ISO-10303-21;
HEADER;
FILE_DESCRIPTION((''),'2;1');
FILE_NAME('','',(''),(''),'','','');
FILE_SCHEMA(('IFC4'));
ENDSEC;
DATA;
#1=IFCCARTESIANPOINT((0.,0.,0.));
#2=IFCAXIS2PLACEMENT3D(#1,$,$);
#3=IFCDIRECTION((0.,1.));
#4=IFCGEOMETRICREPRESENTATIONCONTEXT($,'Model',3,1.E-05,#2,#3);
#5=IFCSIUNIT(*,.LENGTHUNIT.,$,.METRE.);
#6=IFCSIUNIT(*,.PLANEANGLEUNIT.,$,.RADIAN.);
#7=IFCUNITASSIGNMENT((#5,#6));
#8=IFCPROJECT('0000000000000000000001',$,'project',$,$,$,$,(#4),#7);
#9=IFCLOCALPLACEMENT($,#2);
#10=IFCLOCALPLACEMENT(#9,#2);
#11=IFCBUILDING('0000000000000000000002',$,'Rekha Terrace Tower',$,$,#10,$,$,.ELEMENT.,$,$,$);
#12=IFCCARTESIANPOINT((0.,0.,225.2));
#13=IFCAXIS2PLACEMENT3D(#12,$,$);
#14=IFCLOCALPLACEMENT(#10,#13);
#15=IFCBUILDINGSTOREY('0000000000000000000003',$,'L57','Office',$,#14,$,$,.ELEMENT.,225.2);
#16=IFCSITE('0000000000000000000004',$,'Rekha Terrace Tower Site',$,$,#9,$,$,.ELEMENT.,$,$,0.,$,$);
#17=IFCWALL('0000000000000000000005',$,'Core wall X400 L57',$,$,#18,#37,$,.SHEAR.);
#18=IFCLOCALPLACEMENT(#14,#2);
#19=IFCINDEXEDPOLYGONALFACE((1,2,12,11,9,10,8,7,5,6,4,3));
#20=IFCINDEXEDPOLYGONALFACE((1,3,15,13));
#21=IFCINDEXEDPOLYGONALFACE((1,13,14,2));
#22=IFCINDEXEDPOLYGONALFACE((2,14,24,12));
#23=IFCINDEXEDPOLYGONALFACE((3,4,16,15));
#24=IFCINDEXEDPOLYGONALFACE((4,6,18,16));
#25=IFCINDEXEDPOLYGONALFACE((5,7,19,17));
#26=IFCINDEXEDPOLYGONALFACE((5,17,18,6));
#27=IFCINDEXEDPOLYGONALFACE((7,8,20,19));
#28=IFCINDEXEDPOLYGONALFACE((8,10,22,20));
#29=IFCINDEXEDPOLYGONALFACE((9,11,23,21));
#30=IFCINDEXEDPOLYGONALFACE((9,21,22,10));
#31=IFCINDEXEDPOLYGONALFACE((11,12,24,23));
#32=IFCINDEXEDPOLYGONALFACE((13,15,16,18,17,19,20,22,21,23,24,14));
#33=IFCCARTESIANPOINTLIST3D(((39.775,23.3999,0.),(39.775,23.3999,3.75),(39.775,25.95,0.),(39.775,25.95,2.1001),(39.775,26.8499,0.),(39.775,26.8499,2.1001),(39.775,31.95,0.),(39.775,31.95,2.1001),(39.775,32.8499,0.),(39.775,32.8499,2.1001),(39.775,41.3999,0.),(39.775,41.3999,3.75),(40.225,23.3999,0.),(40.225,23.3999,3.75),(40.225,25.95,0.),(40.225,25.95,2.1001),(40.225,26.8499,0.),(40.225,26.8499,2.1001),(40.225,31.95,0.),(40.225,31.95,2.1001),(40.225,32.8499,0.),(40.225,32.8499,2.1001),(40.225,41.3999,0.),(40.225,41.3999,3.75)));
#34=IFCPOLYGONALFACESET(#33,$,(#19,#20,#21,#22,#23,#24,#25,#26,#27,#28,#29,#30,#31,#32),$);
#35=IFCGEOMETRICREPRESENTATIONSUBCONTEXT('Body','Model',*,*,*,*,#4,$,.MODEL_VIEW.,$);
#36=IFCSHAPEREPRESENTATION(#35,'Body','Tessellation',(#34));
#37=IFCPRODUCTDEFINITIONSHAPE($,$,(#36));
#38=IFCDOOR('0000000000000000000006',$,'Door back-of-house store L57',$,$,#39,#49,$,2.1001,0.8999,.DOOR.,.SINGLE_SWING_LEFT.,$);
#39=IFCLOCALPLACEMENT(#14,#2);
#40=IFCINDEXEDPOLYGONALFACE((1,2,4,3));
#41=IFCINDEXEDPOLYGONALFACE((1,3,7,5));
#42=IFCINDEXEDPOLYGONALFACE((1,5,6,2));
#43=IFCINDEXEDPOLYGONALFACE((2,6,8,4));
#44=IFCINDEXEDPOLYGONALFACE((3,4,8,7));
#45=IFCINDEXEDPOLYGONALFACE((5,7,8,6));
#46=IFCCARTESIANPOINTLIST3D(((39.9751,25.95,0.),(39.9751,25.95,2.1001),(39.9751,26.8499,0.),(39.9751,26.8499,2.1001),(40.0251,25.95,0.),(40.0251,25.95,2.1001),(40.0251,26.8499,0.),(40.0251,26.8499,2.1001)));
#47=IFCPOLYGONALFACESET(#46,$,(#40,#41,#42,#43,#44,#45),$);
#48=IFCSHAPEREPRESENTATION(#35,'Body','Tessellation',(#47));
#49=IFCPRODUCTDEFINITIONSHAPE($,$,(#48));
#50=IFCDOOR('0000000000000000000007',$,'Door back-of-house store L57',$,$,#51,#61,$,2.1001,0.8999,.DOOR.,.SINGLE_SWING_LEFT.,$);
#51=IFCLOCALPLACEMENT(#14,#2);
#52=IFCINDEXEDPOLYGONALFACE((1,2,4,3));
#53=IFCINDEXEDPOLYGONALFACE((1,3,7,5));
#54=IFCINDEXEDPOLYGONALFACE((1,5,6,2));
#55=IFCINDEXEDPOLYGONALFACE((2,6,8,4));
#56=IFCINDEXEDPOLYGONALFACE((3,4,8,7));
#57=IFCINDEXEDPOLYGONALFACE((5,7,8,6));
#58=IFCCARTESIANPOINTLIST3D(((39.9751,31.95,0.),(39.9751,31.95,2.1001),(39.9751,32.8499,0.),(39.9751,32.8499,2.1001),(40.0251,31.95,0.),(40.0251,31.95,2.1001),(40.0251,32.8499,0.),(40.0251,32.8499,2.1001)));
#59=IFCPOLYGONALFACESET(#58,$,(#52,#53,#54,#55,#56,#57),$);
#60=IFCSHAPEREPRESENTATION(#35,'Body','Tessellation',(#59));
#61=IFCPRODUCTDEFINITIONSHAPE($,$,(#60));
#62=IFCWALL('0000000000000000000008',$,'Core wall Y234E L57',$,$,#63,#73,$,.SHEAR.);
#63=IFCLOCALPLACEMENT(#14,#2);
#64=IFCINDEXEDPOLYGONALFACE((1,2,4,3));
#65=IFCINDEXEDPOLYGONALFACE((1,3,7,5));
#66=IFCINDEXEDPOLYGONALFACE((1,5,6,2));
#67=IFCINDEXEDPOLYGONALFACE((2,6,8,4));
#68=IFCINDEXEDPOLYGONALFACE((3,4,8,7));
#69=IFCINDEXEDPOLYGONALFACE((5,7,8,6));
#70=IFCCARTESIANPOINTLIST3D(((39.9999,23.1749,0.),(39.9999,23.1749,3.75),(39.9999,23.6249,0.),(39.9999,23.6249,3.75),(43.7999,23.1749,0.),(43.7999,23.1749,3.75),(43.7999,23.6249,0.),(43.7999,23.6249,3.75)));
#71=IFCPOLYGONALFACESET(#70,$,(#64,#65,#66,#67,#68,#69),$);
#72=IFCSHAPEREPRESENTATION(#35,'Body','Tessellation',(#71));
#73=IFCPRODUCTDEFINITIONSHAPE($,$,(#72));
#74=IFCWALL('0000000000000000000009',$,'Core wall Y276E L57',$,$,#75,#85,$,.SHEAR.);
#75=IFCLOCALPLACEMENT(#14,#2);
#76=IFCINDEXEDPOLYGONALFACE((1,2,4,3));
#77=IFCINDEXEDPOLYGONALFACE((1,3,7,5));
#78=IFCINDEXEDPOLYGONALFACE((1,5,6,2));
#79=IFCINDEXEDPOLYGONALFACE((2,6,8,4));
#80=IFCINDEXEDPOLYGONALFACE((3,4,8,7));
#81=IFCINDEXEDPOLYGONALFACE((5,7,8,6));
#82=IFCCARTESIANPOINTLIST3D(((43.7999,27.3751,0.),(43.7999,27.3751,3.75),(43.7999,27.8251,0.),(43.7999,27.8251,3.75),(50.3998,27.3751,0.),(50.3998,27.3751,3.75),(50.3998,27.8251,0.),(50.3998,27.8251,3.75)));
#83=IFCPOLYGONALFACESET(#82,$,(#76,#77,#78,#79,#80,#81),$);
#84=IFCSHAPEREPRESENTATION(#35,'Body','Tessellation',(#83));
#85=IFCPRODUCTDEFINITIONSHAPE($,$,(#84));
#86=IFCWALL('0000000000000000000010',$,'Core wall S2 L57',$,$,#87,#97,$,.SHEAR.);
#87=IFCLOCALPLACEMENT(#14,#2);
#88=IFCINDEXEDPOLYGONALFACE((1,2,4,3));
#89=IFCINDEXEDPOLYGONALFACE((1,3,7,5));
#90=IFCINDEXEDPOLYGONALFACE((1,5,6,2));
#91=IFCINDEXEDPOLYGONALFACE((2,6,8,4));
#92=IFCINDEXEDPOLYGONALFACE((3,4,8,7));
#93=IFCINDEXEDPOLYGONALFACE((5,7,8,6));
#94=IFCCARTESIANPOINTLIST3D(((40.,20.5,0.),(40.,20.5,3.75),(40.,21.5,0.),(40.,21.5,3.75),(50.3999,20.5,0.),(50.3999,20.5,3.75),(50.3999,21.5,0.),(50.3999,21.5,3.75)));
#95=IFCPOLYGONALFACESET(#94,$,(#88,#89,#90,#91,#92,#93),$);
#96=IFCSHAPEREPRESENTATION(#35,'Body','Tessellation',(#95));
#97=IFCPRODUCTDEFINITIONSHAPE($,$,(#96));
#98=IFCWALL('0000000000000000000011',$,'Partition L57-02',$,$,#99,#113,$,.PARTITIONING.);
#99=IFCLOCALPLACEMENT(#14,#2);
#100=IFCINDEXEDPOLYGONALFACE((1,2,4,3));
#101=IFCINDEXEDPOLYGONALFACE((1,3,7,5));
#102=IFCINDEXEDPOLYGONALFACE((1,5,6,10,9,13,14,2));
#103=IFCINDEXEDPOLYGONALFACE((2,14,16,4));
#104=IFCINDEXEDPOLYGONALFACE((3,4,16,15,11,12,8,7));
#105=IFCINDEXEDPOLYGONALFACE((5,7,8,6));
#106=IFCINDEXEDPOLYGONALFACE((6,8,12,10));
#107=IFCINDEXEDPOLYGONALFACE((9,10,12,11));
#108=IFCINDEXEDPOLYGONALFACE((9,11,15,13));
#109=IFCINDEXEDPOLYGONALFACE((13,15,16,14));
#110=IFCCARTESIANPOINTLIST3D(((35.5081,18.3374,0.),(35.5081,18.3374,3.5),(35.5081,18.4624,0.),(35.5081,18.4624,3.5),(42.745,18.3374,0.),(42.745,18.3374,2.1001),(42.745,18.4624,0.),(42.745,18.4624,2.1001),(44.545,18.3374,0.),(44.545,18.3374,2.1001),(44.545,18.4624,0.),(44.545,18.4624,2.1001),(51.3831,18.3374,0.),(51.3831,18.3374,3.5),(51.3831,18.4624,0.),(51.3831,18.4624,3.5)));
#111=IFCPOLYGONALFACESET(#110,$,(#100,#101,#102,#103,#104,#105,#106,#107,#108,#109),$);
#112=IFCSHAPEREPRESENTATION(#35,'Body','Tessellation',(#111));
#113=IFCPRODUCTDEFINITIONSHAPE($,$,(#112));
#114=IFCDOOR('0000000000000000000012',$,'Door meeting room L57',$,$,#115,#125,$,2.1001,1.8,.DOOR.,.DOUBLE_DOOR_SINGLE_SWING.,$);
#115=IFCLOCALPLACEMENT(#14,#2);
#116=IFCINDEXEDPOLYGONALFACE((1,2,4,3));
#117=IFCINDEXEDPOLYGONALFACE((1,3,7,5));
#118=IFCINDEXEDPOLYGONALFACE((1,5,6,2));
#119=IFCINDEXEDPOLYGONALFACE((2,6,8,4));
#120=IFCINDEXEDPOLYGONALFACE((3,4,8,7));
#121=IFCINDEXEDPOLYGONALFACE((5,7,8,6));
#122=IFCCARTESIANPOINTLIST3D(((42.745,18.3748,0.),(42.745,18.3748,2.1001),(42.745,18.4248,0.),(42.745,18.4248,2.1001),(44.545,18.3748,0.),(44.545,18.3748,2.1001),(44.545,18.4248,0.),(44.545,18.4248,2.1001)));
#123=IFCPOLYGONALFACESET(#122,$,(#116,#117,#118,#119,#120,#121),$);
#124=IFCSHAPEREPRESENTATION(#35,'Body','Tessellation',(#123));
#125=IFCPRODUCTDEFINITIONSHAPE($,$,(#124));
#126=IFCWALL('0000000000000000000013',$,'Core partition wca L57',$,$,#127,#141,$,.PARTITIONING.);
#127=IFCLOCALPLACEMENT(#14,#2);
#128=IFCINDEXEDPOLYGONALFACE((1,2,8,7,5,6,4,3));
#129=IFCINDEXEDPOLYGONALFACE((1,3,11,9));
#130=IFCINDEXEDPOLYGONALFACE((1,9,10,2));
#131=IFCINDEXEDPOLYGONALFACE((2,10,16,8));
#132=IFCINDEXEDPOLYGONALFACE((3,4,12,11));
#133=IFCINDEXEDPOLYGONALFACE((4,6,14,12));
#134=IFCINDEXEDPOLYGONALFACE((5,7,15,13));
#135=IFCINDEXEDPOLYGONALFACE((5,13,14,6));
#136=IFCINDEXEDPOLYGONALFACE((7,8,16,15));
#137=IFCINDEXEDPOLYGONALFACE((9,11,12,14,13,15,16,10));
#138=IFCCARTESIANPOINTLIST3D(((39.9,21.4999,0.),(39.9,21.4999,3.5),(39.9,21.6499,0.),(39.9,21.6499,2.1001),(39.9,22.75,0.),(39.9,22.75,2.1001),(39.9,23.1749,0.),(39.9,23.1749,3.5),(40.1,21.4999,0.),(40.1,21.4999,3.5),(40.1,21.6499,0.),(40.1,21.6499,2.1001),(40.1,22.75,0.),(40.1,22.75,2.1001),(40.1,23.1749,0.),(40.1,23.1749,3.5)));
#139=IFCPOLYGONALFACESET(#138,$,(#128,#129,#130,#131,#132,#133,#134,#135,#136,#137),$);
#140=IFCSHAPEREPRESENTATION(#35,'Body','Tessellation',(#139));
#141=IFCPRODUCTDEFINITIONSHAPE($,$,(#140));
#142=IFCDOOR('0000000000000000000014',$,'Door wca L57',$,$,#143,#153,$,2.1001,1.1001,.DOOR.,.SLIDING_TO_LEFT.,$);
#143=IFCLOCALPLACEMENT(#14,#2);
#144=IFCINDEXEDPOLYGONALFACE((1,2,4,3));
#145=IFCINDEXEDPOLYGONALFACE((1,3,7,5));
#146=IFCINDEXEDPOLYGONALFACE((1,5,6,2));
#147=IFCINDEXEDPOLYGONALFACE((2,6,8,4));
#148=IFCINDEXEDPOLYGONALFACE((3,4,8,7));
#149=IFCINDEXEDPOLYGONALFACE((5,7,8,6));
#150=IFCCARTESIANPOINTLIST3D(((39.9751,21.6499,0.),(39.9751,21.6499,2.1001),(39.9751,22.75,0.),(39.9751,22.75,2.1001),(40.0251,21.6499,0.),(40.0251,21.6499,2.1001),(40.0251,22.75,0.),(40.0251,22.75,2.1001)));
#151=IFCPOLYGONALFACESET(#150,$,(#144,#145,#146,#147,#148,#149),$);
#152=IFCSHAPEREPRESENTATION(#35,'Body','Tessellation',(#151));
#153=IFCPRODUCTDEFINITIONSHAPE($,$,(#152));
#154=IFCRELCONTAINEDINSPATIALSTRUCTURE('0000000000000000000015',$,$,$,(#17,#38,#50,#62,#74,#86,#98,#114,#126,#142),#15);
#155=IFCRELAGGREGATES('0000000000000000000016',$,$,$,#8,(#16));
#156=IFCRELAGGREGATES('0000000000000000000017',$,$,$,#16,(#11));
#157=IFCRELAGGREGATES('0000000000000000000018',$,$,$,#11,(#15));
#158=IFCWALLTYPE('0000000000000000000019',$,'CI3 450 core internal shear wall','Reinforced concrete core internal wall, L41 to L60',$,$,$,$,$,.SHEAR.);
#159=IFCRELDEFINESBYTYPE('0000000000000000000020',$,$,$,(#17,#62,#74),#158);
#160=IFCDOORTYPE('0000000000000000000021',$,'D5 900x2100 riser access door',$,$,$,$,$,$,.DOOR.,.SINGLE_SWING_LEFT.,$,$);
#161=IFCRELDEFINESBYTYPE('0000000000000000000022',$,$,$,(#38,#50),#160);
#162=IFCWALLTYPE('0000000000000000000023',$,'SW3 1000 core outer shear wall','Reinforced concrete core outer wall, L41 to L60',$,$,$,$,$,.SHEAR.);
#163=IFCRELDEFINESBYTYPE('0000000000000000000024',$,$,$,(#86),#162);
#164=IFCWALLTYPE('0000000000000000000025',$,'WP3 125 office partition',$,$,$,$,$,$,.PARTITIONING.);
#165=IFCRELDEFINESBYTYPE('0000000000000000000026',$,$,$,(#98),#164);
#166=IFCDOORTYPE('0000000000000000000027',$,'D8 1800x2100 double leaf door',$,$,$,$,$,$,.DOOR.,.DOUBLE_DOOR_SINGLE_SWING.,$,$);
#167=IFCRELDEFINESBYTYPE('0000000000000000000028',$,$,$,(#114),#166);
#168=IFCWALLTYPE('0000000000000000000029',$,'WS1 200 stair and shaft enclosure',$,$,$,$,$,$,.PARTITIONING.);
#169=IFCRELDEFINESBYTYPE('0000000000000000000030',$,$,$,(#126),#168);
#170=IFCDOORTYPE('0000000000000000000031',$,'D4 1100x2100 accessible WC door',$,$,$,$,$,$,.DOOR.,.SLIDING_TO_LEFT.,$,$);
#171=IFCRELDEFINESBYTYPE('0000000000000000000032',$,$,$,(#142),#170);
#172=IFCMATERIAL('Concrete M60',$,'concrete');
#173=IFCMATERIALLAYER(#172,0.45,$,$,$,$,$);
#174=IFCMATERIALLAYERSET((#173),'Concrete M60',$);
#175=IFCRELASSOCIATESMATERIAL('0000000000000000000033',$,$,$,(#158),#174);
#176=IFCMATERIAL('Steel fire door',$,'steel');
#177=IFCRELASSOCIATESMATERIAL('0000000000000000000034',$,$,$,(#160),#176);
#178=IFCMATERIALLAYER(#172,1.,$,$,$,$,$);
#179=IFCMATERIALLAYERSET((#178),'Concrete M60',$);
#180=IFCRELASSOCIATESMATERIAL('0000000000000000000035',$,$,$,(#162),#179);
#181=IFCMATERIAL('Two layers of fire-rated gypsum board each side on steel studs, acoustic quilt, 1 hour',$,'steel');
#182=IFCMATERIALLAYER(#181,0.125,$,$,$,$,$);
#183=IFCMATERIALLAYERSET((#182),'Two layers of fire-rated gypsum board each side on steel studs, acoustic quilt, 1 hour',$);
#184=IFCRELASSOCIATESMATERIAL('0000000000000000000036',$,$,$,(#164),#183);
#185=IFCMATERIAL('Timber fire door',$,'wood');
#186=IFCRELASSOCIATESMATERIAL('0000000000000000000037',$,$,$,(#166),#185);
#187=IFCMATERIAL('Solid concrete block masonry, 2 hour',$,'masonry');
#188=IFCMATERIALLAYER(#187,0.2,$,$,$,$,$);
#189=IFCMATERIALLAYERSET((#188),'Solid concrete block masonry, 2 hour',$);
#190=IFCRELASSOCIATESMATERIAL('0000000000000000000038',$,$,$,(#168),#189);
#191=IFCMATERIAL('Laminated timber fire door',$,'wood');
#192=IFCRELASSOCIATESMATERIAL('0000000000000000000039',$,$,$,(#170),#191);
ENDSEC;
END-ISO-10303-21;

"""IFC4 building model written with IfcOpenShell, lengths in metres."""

from ifc_helpers import new_model, si_unit, direction, frame, frame_2d, origin, place, context, subcontext, project, spatial, rectangle, extrude, material, layer, layer_set, type_object, element, fill, save


model = new_model("IFC4")

# Units and contexts
model_context = context("Model", 3, precision=1e-05, world=origin(), true_north=direction((0.0, 1.0)))
body_context = subcontext(model_context, "Body", "Model", "MODEL_VIEW")
ifc_project = project(units=[si_unit("LENGTHUNIT", "METRE"), si_unit("PLANEANGLEUNIT", "RADIAN")], contexts=[model_context])

# Site, building, storey
site_placement = place(None, origin())
site = spatial("IfcSite", under=ifc_project, at=site_placement, Name="Rekha Terrace Tower Site", CompositionType="ELEMENT", RefElevation=0.0)
building_placement = place(site_placement, origin())
building = spatial("IfcBuilding", under=site, at=building_placement, Name="Rekha Terrace Tower", CompositionType="ELEMENT")
storey_placement = place(building_placement, frame((0.0, 0.0, 225.2)))
storey = spatial("IfcBuildingStorey", under=building, at=storey_placement, Name="L57", Description="Office", CompositionType="ELEMENT", Elevation=225.2)

# Shared definitions
ifc_material_1 = material(Name="Concrete M60", Category="concrete")

# Shared definitions
ifc_layer_1 = layer(ifc_material_1, 0.45)
ifc_layer_set_1 = layer_set([ifc_layer_1], Name="Concrete M60")
wall_type_1 = type_object("IfcWallType", Name="CI3 450 core internal shear wall", Description="Reinforced concrete core internal wall, L41 to L60", PredefinedType="SHEAR", material=ifc_layer_set_1)

# Wall, openings, doors
wall_1_placement = place(storey_placement, frame((40.0, 23.3999, 0.0), z_axis=(0.0, 0.0, 1.0), x_axis=(0.0, 1.0, 0.0)))
wall_1 = element("IfcWall", 1, at=wall_1_placement, inside=storey, type_object=wall_type_1, Name="Core wall X400 L57", PredefinedType="SHEAR", context=body_context, shape_type="SweptSolid", body=[
    extrude(rectangle(XDim=18.0, YDim=0.45, at=frame_2d((9.0, 0.0))), origin(), (0.0, 0.0, 1.0), 3.75),
])
opening_1_placement = place(wall_1_placement, frame((2.55, 0.0, 0.0)))
opening_1 = element("IfcOpeningElement", 2, at=opening_1_placement, cuts=wall_1, PredefinedType="OPENING", context=body_context, shape_type="SweptSolid", body=[
    extrude(rectangle(XDim=0.8999, YDim=2.1001, at=frame_2d((0.45, 1.05))), frame((0.0, 0.2349, 0.0), z_axis=(0.0, -1.0, 0.0), x_axis=(1.0, 0.0, 0.0)), (0.0, 0.0, 1.0), 0.47),
])
opening_2_placement = place(wall_1_placement, frame((8.55, 0.0, 0.0)))
opening_2 = element("IfcOpeningElement", 3, at=opening_2_placement, cuts=wall_1, PredefinedType="OPENING", context=body_context, shape_type="SweptSolid", body=[
    extrude(rectangle(XDim=0.8999, YDim=2.1001, at=frame_2d((0.45, 1.05))), frame((0.0, 0.2349, 0.0), z_axis=(0.0, -1.0, 0.0), x_axis=(1.0, 0.0, 0.0)), (0.0, 0.0, 1.0), 0.47),
])
ifc_material_2 = material(Name="Steel fire door", Category="steel")
door_type_1 = type_object("IfcDoorType", Name="D5 900x2100 riser access door", OperationType="SINGLE_SWING_LEFT", PredefinedType="DOOR", material=ifc_material_2)
door_1_placement = place(opening_1_placement, origin())
door_1 = element("IfcDoor", 4, at=door_1_placement, inside=storey, type_object=door_type_1, Name="Door back-of-house store L57", OperationType="SINGLE_SWING_LEFT", OverallHeight=2.1001, OverallWidth=0.8999, PredefinedType="DOOR", context=body_context, shape_type="SweptSolid", body=[
    extrude(rectangle(XDim=0.8999, YDim=2.1001, at=frame_2d((0.45, 1.05))), frame((0.0, 0.0249, 0.0), z_axis=(0.0, -1.0, 0.0), x_axis=(1.0, 0.0, 0.0)), (0.0, 0.0, 1.0), 0.05),
])
fill(opening_1, door_1)
door_2_placement = place(opening_2_placement, origin())
door_2 = element("IfcDoor", 5, at=door_2_placement, inside=storey, type_object=door_type_1, Name="Door back-of-house store L57", OperationType="SINGLE_SWING_LEFT", OverallHeight=2.1001, OverallWidth=0.8999, PredefinedType="DOOR", context=body_context, shape_type="SweptSolid", body=[
    extrude(rectangle(XDim=0.8999, YDim=2.1001, at=frame_2d((0.45, 1.05))), frame((0.0, 0.0249, 0.0), z_axis=(0.0, -1.0, 0.0), x_axis=(1.0, 0.0, 0.0)), (0.0, 0.0, 1.0), 0.05),
])
fill(opening_2, door_2)

# Walls
wall_2_placement = place(storey_placement, frame((40.0, 23.3999, 0.0), z_axis=(0.0, 0.0, 1.0), x_axis=(1.0, 0.0, 0.0)))
element("IfcWall", 6, at=wall_2_placement, inside=storey, type_object=wall_type_1, Name="Core wall Y234E L57", PredefinedType="SHEAR", context=body_context, shape_type="SweptSolid", body=[
    extrude(rectangle(XDim=3.8, YDim=0.45, at=frame_2d((1.8999, 0.0))), origin(), (0.0, 0.0, 1.0), 3.75),
])
wall_3_placement = place(storey_placement, frame((43.8, 27.6001, 0.0), z_axis=(0.0, 0.0, 1.0), x_axis=(1.0, 0.0, 0.0)))
element("IfcWall", 7, at=wall_3_placement, inside=storey, type_object=wall_type_1, Name="Core wall Y276E L57", PredefinedType="SHEAR", context=body_context, shape_type="SweptSolid", body=[
    extrude(rectangle(XDim=6.5999, YDim=0.45, at=frame_2d((3.2998, 0.0))), origin(), (0.0, 0.0, 1.0), 3.75),
])
ifc_layer_2 = layer(ifc_material_1, 1.0)
ifc_layer_set_2 = layer_set([ifc_layer_2], Name="Concrete M60")
wall_type_2 = type_object("IfcWallType", Name="SW3 1000 core outer shear wall", Description="Reinforced concrete core outer wall, L41 to L60", PredefinedType="SHEAR", material=ifc_layer_set_2)
wall_4_placement = place(storey_placement, frame((40.0, 21.0, 0.0), z_axis=(0.0, 0.0, 1.0), x_axis=(1.0, 0.0, 0.0)))
element("IfcWall", 8, at=wall_4_placement, inside=storey, type_object=wall_type_2, Name="Core wall S2 L57", PredefinedType="SHEAR", context=body_context, shape_type="SweptSolid", body=[
    extrude(rectangle(XDim=10.3999, YDim=1.0, at=frame_2d((5.2, 0.0))), origin(), (0.0, 0.0, 1.0), 3.75),
])

# Walls, openings, doors
ifc_material_3 = material(Name="Two layers of fire-rated gypsum board each side on steel studs, acoustic quilt, 1 hour", Category="steel")
ifc_layer_3 = layer(ifc_material_3, 0.125)
ifc_layer_set_3 = layer_set([ifc_layer_3], Name="Two layers of fire-rated gypsum board each side on steel studs, acoustic quilt, 1 hour")
wall_type_3 = type_object("IfcWallType", Name="WP3 125 office partition", PredefinedType="PARTITIONING", material=ifc_layer_set_3)
wall_5_placement = place(storey_placement, frame((35.5081, 18.3999, 0.0), z_axis=(0.0, 0.0, 1.0), x_axis=(1.0, 0.0, 0.0)))
wall_5 = element("IfcWall", 9, at=wall_5_placement, inside=storey, type_object=wall_type_3, Name="Partition L57-02", PredefinedType="PARTITIONING", context=body_context, shape_type="SweptSolid", body=[
    extrude(rectangle(XDim=15.875, YDim=0.125, at=frame_2d((7.9375, 0.0))), origin(), (0.0, 0.0, 1.0), 3.5),
])
opening_3_placement = place(wall_5_placement, frame((7.2371, 0.0, 0.0)))
opening_3 = element("IfcOpeningElement", 10, at=opening_3_placement, cuts=wall_5, PredefinedType="OPENING", context=body_context, shape_type="SweptSolid", body=[
    extrude(rectangle(XDim=1.8, YDim=2.1001, at=frame_2d((0.8999, 1.05))), frame((0.0, 0.0725, 0.0), z_axis=(0.0, -1.0, 0.0), x_axis=(1.0, 0.0, 0.0)), (0.0, 0.0, 1.0), 0.145),
])
ifc_material_4 = material(Name="Timber fire door", Category="wood")
door_type_2 = type_object("IfcDoorType", Name="D8 1800x2100 double leaf door", OperationType="DOUBLE_DOOR_SINGLE_SWING", PredefinedType="DOOR", material=ifc_material_4)
door_3_placement = place(opening_3_placement, origin())
door_3 = element("IfcDoor", 11, at=door_3_placement, inside=storey, type_object=door_type_2, Name="Door meeting room L57", OperationType="DOUBLE_DOOR_SINGLE_SWING", OverallHeight=2.1001, OverallWidth=1.8, PredefinedType="DOOR", context=body_context, shape_type="SweptSolid", body=[
    extrude(rectangle(XDim=1.8, YDim=2.1001, at=frame_2d((0.8999, 1.05))), frame((0.0, 0.0249, 0.0), z_axis=(0.0, -1.0, 0.0), x_axis=(1.0, 0.0, 0.0)), (0.0, 0.0, 1.0), 0.05),
])
fill(opening_3, door_3)
ifc_material_5 = material(Name="Solid concrete block masonry, 2 hour", Category="masonry")
ifc_layer_4 = layer(ifc_material_5, 0.2)
ifc_layer_set_4 = layer_set([ifc_layer_4], Name="Solid concrete block masonry, 2 hour")
wall_type_4 = type_object("IfcWallType", Name="WS1 200 stair and shaft enclosure", PredefinedType="PARTITIONING", material=ifc_layer_set_4)
wall_6_placement = place(storey_placement, frame((40.0, 21.5, 0.0), z_axis=(0.0, 0.0, 1.0), x_axis=(0.0, 1.0, 0.0)))
wall_6 = element("IfcWall", 12, at=wall_6_placement, inside=storey, type_object=wall_type_4, Name="Core partition wca L57", PredefinedType="PARTITIONING", context=body_context, shape_type="SweptSolid", body=[
    extrude(rectangle(XDim=1.675, YDim=0.2, at=frame_2d((0.8374, 0.0))), origin(), (0.0, 0.0, 1.0), 3.5),
])
opening_4_placement = place(wall_6_placement, frame((0.1499, 0.0, 0.0)))
opening_4 = element("IfcOpeningElement", 13, at=opening_4_placement, cuts=wall_6, PredefinedType="OPENING", context=body_context, shape_type="SweptSolid", body=[
    extrude(rectangle(XDim=1.1001, YDim=2.1001, at=frame_2d((0.55, 1.05))), frame((0.0, 0.1099, 0.0), z_axis=(0.0, -1.0, 0.0), x_axis=(1.0, 0.0, 0.0)), (0.0, 0.0, 1.0), 0.22),
])
ifc_material_6 = material(Name="Laminated timber fire door", Category="wood")
door_type_3 = type_object("IfcDoorType", Name="D4 1100x2100 accessible WC door", OperationType="SLIDING_TO_LEFT", PredefinedType="DOOR", material=ifc_material_6)
door_4_placement = place(opening_4_placement, origin())
door_4 = element("IfcDoor", 14, at=door_4_placement, inside=storey, type_object=door_type_3, Name="Door wca L57", OperationType="SLIDING_TO_LEFT", OverallHeight=2.1001, OverallWidth=1.1001, PredefinedType="DOOR", context=body_context, shape_type="SweptSolid", body=[
    extrude(rectangle(XDim=1.1001, YDim=2.1001, at=frame_2d((0.55, 1.05))), frame((0.0, 0.0249, 0.0), z_axis=(0.0, -1.0, 0.0), x_axis=(1.0, 0.0, 0.0)), (0.0, 0.0, 1.0), 0.05),
])
fill(opening_4, door_4)

save(model, "model.ifc")
